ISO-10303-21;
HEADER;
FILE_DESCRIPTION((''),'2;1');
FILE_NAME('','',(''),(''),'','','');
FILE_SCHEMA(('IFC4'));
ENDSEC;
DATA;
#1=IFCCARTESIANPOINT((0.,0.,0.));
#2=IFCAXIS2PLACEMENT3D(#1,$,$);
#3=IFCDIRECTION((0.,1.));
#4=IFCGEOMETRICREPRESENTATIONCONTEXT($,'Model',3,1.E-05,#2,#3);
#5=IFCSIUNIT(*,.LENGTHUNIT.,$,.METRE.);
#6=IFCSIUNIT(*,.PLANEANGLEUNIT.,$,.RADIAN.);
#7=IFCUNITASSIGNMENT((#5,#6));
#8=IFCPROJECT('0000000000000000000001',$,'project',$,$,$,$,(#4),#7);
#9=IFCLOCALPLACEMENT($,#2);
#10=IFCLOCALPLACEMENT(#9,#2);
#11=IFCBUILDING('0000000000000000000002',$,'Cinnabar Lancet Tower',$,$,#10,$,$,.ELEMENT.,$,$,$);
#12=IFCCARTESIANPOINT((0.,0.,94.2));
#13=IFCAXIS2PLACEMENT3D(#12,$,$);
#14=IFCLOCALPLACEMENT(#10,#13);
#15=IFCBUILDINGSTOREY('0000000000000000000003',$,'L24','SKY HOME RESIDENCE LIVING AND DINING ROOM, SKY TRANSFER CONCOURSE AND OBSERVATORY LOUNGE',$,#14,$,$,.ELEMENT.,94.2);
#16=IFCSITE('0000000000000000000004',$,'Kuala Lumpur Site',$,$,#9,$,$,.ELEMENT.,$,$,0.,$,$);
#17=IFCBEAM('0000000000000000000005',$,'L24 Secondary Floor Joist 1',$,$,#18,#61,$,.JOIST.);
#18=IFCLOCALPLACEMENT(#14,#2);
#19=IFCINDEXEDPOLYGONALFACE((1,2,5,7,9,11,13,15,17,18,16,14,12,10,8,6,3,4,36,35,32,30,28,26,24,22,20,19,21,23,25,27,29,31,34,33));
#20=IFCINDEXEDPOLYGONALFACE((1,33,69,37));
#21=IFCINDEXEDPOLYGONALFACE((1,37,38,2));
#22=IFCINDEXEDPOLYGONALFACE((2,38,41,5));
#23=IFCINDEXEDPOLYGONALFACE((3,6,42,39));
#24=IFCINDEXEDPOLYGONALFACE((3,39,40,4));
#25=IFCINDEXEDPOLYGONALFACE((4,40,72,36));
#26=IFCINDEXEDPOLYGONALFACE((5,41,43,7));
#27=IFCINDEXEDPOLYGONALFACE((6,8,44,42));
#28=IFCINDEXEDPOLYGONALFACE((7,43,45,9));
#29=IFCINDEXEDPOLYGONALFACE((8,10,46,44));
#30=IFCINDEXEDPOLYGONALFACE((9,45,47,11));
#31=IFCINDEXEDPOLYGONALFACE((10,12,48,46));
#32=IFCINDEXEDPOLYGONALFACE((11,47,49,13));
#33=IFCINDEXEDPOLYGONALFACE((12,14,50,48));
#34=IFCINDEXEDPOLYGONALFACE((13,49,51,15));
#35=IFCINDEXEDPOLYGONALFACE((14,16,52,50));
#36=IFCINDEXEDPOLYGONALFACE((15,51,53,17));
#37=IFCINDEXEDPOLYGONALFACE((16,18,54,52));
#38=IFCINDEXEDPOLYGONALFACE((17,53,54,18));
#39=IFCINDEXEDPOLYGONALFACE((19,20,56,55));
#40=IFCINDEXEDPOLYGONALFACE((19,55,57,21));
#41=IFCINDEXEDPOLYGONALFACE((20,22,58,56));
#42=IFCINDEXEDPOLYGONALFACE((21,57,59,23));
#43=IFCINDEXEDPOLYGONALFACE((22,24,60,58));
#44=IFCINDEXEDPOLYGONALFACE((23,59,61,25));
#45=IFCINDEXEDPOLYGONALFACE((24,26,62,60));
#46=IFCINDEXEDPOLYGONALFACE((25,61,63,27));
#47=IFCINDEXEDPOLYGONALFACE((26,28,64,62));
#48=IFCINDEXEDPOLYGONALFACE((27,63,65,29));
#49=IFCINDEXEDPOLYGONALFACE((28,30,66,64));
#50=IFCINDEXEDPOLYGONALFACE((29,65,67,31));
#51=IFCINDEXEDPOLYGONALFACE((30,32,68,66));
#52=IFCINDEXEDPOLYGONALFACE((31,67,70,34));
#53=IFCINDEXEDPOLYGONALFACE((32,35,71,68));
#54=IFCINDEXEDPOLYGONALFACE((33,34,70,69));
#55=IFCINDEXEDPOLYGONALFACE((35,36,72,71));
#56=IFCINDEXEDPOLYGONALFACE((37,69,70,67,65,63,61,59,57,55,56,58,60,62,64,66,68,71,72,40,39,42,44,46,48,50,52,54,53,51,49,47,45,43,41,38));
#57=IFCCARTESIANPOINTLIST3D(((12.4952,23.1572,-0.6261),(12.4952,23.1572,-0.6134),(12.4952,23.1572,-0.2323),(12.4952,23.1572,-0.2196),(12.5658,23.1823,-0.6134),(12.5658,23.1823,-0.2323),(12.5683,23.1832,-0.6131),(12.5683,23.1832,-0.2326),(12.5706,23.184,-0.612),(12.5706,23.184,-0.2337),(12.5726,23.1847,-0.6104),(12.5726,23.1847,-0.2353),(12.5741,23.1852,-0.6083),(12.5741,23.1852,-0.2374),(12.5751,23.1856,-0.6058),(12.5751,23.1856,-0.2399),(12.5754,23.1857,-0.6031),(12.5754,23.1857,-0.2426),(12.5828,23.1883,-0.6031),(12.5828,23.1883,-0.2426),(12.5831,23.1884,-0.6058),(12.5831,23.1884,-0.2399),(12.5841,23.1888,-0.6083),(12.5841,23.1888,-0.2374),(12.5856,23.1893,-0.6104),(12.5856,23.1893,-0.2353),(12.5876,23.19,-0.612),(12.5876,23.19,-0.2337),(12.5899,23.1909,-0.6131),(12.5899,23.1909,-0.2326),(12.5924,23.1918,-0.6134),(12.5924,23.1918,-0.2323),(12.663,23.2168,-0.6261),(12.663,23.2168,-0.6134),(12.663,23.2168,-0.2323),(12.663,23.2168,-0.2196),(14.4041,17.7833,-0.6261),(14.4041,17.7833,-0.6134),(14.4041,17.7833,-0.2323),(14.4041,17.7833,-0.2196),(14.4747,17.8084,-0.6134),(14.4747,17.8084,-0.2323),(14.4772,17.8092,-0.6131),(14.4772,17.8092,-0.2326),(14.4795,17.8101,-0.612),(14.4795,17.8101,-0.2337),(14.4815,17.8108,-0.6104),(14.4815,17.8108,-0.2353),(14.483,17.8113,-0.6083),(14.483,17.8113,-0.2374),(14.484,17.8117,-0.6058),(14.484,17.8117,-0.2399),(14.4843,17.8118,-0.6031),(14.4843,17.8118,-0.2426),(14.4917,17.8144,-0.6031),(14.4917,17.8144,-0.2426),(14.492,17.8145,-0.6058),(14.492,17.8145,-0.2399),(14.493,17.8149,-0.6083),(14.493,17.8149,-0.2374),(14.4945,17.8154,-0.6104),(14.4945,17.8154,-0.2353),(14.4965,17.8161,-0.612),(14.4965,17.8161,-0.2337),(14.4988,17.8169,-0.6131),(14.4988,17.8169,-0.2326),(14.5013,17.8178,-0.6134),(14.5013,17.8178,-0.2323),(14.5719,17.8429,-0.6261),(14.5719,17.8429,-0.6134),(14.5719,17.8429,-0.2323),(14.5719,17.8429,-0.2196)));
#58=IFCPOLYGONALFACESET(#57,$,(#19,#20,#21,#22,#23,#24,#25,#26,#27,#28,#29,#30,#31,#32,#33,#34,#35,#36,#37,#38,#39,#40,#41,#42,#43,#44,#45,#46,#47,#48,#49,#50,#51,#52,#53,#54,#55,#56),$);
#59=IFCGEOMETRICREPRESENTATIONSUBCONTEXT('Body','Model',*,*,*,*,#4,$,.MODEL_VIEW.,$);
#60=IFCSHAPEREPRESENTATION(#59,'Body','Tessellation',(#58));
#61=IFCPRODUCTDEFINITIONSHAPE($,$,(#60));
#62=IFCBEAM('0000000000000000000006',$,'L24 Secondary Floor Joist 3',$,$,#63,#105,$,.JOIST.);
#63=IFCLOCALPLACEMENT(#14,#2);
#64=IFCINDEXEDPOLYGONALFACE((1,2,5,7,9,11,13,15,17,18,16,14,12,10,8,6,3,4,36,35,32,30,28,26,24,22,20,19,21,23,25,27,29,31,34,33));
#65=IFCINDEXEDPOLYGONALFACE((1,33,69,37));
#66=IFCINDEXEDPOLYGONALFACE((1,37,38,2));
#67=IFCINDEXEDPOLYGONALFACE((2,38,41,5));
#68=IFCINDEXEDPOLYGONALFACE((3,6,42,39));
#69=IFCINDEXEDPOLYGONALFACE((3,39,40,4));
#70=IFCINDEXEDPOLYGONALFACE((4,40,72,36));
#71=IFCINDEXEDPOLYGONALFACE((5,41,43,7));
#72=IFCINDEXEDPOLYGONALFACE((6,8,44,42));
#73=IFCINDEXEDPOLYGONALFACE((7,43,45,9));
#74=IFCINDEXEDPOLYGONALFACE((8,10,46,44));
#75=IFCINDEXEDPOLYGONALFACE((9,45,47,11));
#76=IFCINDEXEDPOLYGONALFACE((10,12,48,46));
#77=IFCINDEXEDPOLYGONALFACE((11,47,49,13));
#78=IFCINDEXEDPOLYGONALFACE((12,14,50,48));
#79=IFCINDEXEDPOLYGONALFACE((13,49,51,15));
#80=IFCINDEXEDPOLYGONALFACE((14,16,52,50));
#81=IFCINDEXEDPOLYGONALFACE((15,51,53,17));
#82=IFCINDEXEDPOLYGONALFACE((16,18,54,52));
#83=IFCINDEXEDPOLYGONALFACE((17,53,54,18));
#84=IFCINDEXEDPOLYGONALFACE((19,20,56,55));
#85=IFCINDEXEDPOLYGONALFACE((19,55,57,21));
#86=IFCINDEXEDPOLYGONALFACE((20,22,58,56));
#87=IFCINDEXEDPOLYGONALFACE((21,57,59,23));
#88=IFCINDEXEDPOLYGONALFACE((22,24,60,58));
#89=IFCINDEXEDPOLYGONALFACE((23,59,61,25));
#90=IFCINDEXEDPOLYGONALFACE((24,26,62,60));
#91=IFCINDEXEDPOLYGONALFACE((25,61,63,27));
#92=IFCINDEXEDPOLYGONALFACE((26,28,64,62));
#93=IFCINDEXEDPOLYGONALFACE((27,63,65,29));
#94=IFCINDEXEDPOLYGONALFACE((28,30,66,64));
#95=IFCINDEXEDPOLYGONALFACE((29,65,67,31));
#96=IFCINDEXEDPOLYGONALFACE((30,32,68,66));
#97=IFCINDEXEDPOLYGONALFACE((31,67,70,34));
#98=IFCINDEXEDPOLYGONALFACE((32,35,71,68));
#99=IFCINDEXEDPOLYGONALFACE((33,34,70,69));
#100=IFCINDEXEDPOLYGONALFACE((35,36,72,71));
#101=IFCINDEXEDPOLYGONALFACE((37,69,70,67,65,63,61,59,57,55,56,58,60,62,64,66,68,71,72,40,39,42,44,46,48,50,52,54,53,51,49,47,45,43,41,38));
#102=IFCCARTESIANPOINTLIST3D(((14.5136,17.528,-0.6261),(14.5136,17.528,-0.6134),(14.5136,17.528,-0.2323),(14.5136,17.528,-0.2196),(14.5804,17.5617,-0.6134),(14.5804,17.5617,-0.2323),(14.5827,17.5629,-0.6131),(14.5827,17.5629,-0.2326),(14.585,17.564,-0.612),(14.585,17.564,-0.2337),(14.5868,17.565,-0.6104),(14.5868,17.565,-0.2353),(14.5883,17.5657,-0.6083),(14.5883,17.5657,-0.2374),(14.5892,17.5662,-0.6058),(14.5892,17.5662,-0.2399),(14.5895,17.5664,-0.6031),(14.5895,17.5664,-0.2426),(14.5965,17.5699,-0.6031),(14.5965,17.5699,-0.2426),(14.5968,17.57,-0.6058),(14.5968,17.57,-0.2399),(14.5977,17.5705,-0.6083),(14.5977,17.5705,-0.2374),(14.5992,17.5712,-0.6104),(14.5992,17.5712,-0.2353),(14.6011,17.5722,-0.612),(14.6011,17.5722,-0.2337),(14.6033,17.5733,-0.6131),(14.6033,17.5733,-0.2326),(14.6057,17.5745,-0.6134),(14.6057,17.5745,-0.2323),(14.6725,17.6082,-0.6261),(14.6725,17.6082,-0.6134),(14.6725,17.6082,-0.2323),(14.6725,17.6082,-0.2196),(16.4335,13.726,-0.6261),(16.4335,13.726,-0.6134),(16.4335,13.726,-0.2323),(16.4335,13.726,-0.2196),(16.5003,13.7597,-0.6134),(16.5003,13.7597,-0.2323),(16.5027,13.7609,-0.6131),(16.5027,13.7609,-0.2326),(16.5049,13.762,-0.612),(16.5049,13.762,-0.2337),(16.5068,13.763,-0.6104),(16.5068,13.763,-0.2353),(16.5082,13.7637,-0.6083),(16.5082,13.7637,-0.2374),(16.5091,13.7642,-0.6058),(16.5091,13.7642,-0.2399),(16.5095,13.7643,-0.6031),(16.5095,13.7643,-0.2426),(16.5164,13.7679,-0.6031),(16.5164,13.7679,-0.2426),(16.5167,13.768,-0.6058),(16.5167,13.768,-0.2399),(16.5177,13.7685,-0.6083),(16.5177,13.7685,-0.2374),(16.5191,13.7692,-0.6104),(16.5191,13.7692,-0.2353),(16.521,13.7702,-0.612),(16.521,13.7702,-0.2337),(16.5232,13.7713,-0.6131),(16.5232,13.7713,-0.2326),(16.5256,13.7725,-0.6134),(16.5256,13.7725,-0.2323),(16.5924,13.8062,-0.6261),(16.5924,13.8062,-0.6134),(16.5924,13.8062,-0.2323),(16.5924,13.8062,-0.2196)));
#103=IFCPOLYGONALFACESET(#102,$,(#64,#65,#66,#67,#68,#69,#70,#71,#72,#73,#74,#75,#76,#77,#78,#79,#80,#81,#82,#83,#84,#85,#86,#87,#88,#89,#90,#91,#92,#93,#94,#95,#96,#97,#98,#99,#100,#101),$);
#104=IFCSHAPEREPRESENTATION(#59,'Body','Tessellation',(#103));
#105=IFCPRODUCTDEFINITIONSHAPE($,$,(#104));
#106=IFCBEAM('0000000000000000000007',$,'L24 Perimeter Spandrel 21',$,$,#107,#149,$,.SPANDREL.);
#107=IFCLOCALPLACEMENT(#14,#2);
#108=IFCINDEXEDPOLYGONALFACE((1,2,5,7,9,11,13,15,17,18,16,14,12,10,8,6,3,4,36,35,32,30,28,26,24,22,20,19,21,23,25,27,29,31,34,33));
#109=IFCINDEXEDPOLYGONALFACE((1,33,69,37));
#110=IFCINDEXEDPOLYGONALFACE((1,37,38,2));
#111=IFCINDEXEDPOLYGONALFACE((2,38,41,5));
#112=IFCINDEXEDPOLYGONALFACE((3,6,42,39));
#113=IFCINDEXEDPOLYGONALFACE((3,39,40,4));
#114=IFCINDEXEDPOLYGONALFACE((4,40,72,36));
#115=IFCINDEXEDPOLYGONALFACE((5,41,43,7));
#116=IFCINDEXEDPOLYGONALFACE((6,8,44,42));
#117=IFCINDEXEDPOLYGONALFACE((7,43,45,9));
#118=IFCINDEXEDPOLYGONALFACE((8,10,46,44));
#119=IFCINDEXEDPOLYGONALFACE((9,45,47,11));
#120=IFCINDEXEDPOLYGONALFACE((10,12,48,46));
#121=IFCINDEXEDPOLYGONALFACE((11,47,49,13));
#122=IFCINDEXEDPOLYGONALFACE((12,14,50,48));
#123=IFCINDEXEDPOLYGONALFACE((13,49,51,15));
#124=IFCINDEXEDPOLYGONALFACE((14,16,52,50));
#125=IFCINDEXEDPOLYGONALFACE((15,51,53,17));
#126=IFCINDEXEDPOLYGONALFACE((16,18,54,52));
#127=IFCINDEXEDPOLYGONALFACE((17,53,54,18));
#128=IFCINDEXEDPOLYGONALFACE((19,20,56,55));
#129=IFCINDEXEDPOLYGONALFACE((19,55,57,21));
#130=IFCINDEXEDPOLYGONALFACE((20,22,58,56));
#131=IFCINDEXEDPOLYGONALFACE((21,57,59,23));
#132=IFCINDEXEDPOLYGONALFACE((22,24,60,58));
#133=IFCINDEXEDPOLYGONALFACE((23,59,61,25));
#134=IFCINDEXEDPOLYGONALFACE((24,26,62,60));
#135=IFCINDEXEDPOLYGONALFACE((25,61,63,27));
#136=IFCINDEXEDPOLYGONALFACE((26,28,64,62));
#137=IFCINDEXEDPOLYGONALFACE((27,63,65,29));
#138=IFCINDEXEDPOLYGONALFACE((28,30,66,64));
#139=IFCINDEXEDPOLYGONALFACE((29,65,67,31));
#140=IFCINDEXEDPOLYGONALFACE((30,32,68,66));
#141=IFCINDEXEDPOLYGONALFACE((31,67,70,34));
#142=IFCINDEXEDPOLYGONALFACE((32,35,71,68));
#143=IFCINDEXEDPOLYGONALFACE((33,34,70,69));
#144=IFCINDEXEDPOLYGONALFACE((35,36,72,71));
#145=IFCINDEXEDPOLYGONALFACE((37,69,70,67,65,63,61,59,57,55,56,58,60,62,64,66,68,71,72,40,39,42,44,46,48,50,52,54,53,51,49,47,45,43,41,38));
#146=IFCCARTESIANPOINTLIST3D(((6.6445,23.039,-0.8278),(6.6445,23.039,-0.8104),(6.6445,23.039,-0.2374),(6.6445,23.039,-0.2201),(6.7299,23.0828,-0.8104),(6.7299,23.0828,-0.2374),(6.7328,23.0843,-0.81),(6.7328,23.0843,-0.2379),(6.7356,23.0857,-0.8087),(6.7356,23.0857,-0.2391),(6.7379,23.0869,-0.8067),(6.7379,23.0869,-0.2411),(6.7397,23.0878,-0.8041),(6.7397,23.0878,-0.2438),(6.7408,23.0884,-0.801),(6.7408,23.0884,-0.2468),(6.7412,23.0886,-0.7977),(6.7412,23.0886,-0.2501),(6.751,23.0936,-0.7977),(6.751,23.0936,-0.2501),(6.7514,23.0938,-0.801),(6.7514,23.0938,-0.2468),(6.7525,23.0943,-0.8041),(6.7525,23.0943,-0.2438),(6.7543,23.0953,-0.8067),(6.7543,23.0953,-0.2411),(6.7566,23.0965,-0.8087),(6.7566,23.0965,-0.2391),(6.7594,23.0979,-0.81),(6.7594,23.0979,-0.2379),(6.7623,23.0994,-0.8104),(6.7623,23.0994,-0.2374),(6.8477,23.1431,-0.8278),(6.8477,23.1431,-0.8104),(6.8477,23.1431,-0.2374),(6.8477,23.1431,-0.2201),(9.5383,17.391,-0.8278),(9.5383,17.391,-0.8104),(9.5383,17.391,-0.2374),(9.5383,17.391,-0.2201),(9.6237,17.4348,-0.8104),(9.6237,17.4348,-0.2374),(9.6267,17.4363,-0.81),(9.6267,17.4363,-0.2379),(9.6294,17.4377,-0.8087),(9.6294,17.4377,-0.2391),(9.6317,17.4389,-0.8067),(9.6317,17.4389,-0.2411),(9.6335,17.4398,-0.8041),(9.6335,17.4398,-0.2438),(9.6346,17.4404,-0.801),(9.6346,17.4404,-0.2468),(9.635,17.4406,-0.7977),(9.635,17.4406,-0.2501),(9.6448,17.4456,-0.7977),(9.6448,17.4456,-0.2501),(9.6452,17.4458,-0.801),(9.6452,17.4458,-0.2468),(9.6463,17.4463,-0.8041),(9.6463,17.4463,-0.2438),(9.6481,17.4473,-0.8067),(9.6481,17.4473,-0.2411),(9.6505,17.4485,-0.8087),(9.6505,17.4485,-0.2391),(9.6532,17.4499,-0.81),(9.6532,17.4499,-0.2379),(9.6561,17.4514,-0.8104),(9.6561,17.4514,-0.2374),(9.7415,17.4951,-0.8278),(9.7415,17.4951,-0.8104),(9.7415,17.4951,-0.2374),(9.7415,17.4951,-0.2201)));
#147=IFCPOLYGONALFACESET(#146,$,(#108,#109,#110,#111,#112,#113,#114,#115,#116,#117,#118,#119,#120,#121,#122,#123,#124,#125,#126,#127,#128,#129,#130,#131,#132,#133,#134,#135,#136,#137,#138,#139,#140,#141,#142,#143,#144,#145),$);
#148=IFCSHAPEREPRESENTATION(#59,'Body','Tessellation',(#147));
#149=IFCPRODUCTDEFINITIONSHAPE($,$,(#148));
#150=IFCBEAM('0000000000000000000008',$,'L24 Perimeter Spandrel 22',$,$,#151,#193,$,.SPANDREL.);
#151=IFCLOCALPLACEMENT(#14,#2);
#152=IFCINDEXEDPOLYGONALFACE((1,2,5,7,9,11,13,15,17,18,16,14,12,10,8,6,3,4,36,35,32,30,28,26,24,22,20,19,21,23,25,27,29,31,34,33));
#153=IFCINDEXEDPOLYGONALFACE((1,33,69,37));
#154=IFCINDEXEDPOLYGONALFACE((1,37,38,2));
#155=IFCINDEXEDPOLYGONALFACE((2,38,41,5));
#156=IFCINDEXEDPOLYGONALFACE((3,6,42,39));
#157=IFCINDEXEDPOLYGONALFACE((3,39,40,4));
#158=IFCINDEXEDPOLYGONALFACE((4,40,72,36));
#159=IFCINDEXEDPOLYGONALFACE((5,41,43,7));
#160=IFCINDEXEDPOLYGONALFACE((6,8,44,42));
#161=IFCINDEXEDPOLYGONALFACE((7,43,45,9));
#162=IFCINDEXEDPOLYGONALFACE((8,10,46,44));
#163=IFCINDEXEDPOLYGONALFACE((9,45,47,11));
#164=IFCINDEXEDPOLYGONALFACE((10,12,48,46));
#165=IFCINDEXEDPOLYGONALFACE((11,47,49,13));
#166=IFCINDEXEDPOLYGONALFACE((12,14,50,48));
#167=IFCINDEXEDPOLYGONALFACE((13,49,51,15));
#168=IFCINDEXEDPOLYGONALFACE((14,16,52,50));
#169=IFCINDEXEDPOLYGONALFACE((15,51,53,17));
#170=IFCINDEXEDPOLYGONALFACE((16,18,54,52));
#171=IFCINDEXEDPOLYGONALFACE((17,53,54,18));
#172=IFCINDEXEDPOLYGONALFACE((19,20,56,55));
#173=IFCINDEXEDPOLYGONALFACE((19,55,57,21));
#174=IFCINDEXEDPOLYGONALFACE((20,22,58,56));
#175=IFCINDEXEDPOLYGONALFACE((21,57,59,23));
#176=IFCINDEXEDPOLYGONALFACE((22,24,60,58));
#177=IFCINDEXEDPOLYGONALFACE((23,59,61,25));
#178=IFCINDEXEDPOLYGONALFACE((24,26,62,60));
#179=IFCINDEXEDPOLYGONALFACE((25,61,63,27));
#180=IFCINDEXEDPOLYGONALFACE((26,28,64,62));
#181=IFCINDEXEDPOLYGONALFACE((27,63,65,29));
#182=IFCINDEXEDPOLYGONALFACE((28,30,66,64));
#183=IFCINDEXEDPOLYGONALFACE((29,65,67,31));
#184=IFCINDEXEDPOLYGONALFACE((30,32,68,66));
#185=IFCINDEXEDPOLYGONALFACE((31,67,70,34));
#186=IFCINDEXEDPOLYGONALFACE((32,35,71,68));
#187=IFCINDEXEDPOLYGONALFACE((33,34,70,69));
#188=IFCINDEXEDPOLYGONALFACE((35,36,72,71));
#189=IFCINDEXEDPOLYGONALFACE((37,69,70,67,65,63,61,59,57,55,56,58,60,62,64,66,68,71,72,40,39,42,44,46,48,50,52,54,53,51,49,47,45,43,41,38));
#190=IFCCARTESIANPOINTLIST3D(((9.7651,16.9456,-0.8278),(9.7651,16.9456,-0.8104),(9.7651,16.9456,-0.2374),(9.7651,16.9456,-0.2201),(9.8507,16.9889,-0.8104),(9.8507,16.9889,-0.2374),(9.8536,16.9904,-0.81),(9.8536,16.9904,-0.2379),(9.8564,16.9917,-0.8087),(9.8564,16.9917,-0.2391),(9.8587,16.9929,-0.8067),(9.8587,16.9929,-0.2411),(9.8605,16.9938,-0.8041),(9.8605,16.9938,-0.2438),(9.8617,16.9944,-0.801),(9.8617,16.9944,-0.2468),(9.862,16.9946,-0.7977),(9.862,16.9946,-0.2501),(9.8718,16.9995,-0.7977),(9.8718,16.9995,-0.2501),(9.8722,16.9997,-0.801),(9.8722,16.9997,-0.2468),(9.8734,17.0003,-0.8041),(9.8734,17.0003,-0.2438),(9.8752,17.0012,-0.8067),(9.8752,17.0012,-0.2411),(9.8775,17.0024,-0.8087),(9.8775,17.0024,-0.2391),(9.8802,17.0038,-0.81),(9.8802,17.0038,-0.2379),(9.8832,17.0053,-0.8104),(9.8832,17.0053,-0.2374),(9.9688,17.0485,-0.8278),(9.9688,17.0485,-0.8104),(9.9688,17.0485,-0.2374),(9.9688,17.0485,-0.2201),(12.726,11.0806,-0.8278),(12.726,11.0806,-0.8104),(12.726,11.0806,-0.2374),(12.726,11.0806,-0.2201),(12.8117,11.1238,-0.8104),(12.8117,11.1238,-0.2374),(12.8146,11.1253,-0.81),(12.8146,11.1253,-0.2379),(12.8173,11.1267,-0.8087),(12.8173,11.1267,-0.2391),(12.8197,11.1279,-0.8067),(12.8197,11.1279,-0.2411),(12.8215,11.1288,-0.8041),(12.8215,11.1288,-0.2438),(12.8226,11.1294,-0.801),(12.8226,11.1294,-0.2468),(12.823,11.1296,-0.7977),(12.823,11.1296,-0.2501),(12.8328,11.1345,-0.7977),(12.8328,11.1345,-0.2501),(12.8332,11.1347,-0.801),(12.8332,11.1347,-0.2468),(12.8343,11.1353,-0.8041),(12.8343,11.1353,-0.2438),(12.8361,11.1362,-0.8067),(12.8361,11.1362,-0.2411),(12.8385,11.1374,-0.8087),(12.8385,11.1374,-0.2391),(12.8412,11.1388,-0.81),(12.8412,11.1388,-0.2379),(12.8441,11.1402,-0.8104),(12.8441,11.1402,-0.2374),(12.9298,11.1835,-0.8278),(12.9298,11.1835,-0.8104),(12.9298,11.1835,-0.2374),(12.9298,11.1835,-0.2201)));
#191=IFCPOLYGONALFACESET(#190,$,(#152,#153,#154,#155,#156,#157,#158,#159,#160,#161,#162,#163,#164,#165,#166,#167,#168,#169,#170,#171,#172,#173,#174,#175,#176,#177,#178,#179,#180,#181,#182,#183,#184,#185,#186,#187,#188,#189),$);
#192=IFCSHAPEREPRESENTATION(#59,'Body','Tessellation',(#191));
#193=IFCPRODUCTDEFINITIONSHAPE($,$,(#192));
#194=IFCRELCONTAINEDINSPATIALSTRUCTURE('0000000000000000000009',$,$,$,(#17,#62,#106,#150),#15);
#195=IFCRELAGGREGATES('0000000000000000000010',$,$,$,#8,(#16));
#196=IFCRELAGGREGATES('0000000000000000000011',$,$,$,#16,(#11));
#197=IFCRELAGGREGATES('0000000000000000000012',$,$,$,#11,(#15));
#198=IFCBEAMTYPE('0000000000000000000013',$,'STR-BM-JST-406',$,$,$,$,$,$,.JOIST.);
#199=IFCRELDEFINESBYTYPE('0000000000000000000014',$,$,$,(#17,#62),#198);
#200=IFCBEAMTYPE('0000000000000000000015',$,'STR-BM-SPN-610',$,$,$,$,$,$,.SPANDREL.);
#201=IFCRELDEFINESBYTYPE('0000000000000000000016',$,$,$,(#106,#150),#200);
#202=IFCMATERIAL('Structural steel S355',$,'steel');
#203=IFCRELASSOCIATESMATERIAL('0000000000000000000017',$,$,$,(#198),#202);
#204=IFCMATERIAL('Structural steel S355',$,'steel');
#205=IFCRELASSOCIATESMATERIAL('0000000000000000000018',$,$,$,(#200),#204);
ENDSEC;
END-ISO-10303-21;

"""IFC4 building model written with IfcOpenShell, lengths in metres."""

from ifc_helpers import new_model, si_unit, direction, frame, origin, origin_2d, place, context, subcontext, project, spatial, i_section, extrude, material, material_profile, profile_set, type_object, element, save


model = new_model("IFC4")

# Units and contexts
model_context = context("Model", 3, precision=1e-05, world=origin(), true_north=direction((0.0, 1.0)))
body_context = subcontext(model_context, "Body", "Model", "MODEL_VIEW")
ifc_project = project(units=[si_unit("LENGTHUNIT", "METRE"), si_unit("PLANEANGLEUNIT", "RADIAN")], contexts=[model_context])

# Site, building, storey
site_placement = place(None, origin())
site = spatial("IfcSite", under=ifc_project, at=site_placement, Name="Kuala Lumpur Site", CompositionType="ELEMENT", RefElevation=0.0)
building_placement = place(site_placement, origin())
building = spatial("IfcBuilding", under=site, at=building_placement, Name="Cinnabar Lancet Tower", CompositionType="ELEMENT")
storey_placement = place(building_placement, frame((0.0, 0.0, 94.2)))
storey = spatial("IfcBuildingStorey", under=building, at=storey_placement, Name="L24", Description="SKY HOME RESIDENCE LIVING AND DINING ROOM, SKY TRANSFER CONCOURSE AND OBSERVATORY LOUNGE", CompositionType="ELEMENT", Elevation=94.2)

# Beams
ifc_material_1 = material(Name="Structural steel S355", Category="steel")
ifc_material_profile_1 = material_profile(ifc_material_1, i_section(OverallWidth=0.178, OverallDepth=0.4065, WebThickness=0.0078, FlangeThickness=0.0127, FilletRadius=0.0103, at=origin_2d()), Name="UKB 406x178x60")
ifc_profile_set_1 = profile_set([ifc_material_profile_1], Name="Structural steel S355")
beam_type_1 = type_object("IfcBeamType", Name="STR-BM-JST-406", PredefinedType="JOIST", material=ifc_profile_set_1)
beam_1_placement = place(storey_placement, frame((12.5791, 23.187, -0.4229), z_axis=(0.334725, -0.942316, 0.0), x_axis=(0.942316, 0.334725, 0.0)))
element("IfcBeam", 1, at=beam_1_placement, inside=storey, type_object=beam_type_1, Name="L24 Secondary Floor Joist 1", PredefinedType="JOIST", context=body_context, shape_type="SweptSolid", body=[
    extrude(i_section(OverallWidth=0.178, OverallDepth=0.4065, WebThickness=0.0078, FlangeThickness=0.0127, FilletRadius=0.0103, at=origin_2d()), origin(), (0.0, 0.0, 1.0), 5.7029),
])
beam_2_placement = place(storey_placement, frame((14.593, 17.5681, -0.4229), z_axis=(0.450764, -0.892643, 0.0), x_axis=(0.892643, 0.450764, 0.0)))
element("IfcBeam", 2, at=beam_2_placement, inside=storey, type_object=beam_type_1, Name="L24 Secondary Floor Joist 3", PredefinedType="JOIST", context=body_context, shape_type="SweptSolid", body=[
    extrude(i_section(OverallWidth=0.178, OverallDepth=0.4065, WebThickness=0.0078, FlangeThickness=0.0127, FilletRadius=0.0103, at=origin_2d()), origin(), (0.0, 0.0, 1.0), 4.2593),
])
ifc_material_2 = material(Name="Structural steel S355", Category="steel")
ifc_material_profile_2 = material_profile(ifc_material_2, i_section(OverallWidth=0.2283, OverallDepth=0.6077, WebThickness=0.011, FlangeThickness=0.0173, FilletRadius=0.0127, at=origin_2d()), Name="UKB 610x229x113")
ifc_profile_set_2 = profile_set([ifc_material_profile_2], Name="Structural steel S355")
beam_type_2 = type_object("IfcBeamType", Name="STR-BM-SPN-610", PredefinedType="SPANDREL", material=ifc_profile_set_2)
beam_3_placement = place(storey_placement, frame((6.7461, 23.0911, -0.5239), z_axis=(0.455994, -0.889983, 0.0), x_axis=(0.889983, 0.455994, 0.0)))
element("IfcBeam", 3, at=beam_3_placement, inside=storey, type_object=beam_type_2, Name="L24 Perimeter Spandrel 21", PredefinedType="SPANDREL", context=body_context, shape_type="SweptSolid", body=[
    extrude(i_section(OverallWidth=0.2283, OverallDepth=0.6077, WebThickness=0.011, FlangeThickness=0.0173, FilletRadius=0.0127, at=origin_2d()), origin(), (0.0, 0.0, 1.0), 6.3462),
])
beam_4_placement = place(storey_placement, frame((9.8669, 16.9971, -0.5239), z_axis=(0.450674, -0.892689, 0.0), x_axis=(0.892689, 0.450674, 0.0)))
element("IfcBeam", 4, at=beam_4_placement, inside=storey, type_object=beam_type_2, Name="L24 Perimeter Spandrel 22", PredefinedType="SPANDREL", context=body_context, shape_type="SweptSolid", body=[
    extrude(i_section(OverallWidth=0.2283, OverallDepth=0.6077, WebThickness=0.011, FlangeThickness=0.0173, FilletRadius=0.0127, at=origin_2d()), origin(), (0.0, 0.0, 1.0), 6.5701),
])

save(model, "model.ifc")
